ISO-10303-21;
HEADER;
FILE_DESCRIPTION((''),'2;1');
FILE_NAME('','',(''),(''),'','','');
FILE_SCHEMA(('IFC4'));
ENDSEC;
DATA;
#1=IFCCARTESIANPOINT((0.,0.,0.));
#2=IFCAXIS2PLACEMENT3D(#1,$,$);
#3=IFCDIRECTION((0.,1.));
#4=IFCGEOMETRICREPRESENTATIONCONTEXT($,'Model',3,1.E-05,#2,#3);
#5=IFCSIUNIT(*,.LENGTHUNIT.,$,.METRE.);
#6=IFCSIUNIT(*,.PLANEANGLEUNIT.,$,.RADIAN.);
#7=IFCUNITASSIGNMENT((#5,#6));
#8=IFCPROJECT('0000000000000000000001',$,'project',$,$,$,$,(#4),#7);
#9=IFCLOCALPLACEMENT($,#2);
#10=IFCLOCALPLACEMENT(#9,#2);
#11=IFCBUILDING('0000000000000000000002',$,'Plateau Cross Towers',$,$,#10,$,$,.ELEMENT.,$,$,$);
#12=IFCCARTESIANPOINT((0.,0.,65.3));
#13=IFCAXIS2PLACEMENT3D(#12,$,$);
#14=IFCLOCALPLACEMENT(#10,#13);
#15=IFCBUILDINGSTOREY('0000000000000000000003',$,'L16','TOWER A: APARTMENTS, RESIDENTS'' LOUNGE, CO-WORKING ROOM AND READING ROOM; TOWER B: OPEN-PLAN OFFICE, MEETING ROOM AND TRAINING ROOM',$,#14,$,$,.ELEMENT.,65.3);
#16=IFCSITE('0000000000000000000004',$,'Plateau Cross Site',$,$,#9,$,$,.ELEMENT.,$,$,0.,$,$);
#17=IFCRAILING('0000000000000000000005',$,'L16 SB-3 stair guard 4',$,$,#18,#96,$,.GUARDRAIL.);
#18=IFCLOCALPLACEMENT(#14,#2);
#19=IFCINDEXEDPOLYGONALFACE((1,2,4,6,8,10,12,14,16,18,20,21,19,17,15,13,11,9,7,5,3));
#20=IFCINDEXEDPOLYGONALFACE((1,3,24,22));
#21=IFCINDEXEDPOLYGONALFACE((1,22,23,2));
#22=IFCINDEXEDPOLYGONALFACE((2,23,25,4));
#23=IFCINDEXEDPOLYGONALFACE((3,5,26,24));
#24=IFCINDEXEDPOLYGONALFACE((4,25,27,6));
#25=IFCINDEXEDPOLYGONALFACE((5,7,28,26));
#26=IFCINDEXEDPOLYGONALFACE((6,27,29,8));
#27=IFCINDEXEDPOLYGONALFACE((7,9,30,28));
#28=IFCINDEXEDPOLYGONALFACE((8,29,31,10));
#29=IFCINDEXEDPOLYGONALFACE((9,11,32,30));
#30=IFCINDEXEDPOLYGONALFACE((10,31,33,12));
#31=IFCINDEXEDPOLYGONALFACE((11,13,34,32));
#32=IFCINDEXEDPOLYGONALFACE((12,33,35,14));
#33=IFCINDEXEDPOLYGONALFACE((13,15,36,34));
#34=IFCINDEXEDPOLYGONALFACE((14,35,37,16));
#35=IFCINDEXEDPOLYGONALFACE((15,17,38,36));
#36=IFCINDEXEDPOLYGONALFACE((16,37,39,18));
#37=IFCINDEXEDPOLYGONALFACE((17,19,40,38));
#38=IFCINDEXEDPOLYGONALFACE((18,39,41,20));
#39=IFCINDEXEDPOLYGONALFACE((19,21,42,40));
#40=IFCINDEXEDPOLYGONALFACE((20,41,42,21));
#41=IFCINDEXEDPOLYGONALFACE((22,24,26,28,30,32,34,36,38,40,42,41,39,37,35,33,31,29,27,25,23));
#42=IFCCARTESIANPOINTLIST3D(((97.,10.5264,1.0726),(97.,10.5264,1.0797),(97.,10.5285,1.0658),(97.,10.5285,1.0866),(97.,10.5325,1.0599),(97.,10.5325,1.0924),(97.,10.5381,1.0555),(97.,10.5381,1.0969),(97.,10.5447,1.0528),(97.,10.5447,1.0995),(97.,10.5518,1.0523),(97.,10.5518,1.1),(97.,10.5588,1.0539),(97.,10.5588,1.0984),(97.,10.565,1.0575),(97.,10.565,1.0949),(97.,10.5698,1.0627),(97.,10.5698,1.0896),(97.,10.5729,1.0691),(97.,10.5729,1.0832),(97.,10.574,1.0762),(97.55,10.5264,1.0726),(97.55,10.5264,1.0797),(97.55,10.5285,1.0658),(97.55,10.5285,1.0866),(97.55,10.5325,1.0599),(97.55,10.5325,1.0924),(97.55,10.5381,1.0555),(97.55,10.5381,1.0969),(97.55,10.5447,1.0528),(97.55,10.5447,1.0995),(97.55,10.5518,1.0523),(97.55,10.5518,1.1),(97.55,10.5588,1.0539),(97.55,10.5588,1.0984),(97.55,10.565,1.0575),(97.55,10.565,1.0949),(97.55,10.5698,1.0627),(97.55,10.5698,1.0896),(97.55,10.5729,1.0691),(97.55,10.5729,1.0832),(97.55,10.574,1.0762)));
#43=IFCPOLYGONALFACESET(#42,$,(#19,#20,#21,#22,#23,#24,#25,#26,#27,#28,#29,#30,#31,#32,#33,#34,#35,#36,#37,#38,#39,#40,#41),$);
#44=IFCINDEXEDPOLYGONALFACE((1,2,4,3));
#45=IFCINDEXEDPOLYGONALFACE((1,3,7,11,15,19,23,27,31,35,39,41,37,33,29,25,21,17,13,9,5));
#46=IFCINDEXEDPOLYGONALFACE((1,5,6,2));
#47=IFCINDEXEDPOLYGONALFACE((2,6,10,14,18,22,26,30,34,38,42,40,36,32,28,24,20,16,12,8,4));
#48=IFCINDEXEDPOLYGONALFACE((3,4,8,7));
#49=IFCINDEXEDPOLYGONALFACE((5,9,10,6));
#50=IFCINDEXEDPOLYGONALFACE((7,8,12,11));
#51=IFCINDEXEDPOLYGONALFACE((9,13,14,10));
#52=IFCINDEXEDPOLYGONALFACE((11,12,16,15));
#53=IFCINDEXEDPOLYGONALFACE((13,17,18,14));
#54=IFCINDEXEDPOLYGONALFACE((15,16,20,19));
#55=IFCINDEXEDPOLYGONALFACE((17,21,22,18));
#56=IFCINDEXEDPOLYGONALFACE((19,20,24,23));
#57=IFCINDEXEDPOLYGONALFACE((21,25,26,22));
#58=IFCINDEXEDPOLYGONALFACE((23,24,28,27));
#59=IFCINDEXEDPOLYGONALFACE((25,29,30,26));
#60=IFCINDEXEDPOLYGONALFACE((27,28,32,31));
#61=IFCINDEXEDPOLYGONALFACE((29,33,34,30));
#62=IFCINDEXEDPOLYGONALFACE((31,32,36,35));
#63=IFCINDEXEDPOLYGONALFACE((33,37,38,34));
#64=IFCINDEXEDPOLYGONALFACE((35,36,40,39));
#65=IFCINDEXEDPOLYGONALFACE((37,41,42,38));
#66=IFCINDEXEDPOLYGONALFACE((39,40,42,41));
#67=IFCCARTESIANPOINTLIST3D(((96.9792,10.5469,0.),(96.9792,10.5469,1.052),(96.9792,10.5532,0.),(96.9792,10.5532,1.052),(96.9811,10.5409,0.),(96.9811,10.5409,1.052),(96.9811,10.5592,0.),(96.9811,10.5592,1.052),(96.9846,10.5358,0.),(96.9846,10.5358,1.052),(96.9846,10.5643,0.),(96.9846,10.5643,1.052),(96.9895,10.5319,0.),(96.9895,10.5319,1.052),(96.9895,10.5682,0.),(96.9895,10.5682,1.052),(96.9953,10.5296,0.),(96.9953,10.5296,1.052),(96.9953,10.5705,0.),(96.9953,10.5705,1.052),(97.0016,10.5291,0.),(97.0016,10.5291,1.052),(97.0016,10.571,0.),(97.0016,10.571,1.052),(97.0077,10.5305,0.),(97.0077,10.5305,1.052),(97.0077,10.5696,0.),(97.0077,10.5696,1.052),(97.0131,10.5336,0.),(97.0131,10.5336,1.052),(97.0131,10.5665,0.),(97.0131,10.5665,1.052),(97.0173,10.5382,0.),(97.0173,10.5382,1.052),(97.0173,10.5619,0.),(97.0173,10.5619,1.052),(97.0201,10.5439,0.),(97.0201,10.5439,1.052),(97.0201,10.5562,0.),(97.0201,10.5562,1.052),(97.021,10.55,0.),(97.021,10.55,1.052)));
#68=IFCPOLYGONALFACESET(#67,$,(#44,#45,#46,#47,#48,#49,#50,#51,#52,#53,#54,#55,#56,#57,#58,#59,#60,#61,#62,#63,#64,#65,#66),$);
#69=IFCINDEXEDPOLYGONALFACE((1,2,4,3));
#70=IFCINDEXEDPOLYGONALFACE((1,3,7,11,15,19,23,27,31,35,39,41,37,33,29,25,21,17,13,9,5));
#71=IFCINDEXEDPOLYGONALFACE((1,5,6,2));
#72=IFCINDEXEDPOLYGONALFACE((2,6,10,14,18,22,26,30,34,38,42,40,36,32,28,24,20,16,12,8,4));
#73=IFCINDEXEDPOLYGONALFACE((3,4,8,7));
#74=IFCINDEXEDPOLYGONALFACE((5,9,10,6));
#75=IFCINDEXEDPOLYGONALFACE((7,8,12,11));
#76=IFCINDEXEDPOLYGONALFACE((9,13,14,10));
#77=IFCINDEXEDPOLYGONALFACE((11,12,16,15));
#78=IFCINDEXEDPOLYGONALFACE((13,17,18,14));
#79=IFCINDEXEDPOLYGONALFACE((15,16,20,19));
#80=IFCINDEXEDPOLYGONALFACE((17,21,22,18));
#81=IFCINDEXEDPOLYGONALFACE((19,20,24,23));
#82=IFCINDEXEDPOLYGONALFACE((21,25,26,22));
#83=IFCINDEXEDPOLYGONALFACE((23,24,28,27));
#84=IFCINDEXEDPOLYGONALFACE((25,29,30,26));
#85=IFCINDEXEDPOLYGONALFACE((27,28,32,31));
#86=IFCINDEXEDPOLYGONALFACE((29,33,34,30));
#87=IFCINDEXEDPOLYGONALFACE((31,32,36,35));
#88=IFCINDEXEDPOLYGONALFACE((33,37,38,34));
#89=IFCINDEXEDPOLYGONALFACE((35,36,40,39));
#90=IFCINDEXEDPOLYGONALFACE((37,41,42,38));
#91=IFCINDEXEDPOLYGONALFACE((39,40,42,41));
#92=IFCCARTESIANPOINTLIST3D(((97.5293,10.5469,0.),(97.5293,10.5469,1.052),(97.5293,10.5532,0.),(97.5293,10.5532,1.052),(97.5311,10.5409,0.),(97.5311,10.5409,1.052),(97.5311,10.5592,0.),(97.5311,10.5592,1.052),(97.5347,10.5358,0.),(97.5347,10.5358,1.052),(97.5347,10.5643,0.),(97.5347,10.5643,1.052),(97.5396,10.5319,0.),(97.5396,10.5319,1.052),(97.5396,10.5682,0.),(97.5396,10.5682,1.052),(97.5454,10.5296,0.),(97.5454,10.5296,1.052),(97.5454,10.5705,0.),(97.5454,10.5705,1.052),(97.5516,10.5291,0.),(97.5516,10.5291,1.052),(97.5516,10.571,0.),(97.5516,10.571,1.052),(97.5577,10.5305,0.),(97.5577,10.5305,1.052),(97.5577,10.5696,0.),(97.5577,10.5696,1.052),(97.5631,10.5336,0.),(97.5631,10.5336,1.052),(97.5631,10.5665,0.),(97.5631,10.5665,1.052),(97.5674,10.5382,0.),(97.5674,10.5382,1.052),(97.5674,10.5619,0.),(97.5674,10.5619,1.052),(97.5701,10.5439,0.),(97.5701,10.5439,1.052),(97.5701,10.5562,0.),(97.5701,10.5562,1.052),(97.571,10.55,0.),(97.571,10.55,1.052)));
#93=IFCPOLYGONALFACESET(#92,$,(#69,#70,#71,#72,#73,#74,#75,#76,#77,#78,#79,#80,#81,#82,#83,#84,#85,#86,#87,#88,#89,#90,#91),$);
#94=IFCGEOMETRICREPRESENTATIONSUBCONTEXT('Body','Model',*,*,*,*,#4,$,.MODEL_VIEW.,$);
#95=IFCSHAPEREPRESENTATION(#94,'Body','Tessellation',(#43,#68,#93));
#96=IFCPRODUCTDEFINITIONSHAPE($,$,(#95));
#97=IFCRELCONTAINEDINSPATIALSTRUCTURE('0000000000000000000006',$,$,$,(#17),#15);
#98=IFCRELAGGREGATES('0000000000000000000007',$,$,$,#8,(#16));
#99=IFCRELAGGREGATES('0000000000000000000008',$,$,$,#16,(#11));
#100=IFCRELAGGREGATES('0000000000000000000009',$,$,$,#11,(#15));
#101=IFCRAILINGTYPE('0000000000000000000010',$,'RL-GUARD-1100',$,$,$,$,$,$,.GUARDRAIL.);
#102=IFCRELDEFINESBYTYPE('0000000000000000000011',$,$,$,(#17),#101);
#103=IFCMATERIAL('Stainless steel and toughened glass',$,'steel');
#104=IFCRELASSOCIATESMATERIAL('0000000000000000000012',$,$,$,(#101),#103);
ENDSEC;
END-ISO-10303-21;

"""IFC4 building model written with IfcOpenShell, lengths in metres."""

from ifc_helpers import new_model, si_unit, direction, frame, origin, origin_2d, place, context, subcontext, project, spatial, circle, extrude, material, type_object, element, save


model = new_model("IFC4")

# Units and contexts
model_context = context("Model", 3, precision=1e-05, world=origin(), true_north=direction((0.0, 1.0)))
body_context = subcontext(model_context, "Body", "Model", "MODEL_VIEW")
ifc_project = project(units=[si_unit("LENGTHUNIT", "METRE"), si_unit("PLANEANGLEUNIT", "RADIAN")], contexts=[model_context])

# Site, building, storey
site_placement = place(None, origin())
site = spatial("IfcSite", under=ifc_project, at=site_placement, Name="Plateau Cross Site", CompositionType="ELEMENT", RefElevation=0.0)
building_placement = place(site_placement, origin())
building = spatial("IfcBuilding", under=site, at=building_placement, Name="Plateau Cross Towers", CompositionType="ELEMENT")
storey_placement = place(building_placement, frame((0.0, 0.0, 65.3)))
storey = spatial("IfcBuildingStorey", under=building, at=storey_placement, Name="L16", Description="TOWER A: APARTMENTS, RESIDENTS' LOUNGE, CO-WORKING ROOM AND READING ROOM; TOWER B: OPEN-PLAN OFFICE, MEETING ROOM AND TRAINING ROOM", CompositionType="ELEMENT", Elevation=65.3)

# Railing
ifc_material_1 = material(Name="Stainless steel and toughened glass", Category="steel")
railing_type_1 = type_object("IfcRailingType", Name="RL-GUARD-1100", PredefinedType="GUARDRAIL", material=ifc_material_1)
railing_1_placement = place(storey_placement, frame((97.0, 10.55, 0.0)))
element("IfcRailing", 1, at=railing_1_placement, inside=storey, type_object=railing_type_1, Name="L16 SB-3 stair guard 4", PredefinedType="GUARDRAIL", context=body_context, shape_type="SweptSolid", body=[
    extrude(circle(Radius=0.0239, at=origin_2d()), frame((0.0, 0.0, 1.0762), z_axis=(1.0, 0.0, 0.0), x_axis=(0.0, 1.0, 0.0)), (0.0, 0.0, 1.0), 0.55),
    extrude(circle(Radius=0.021, at=origin_2d()), origin(), (0.0, 0.0, 1.0), 1.052),
    extrude(circle(Radius=0.021, at=origin_2d()), frame((0.55, 0.0, 0.0)), (0.0, 0.0, 1.0), 1.052),
])

save(model, "model.ifc")
